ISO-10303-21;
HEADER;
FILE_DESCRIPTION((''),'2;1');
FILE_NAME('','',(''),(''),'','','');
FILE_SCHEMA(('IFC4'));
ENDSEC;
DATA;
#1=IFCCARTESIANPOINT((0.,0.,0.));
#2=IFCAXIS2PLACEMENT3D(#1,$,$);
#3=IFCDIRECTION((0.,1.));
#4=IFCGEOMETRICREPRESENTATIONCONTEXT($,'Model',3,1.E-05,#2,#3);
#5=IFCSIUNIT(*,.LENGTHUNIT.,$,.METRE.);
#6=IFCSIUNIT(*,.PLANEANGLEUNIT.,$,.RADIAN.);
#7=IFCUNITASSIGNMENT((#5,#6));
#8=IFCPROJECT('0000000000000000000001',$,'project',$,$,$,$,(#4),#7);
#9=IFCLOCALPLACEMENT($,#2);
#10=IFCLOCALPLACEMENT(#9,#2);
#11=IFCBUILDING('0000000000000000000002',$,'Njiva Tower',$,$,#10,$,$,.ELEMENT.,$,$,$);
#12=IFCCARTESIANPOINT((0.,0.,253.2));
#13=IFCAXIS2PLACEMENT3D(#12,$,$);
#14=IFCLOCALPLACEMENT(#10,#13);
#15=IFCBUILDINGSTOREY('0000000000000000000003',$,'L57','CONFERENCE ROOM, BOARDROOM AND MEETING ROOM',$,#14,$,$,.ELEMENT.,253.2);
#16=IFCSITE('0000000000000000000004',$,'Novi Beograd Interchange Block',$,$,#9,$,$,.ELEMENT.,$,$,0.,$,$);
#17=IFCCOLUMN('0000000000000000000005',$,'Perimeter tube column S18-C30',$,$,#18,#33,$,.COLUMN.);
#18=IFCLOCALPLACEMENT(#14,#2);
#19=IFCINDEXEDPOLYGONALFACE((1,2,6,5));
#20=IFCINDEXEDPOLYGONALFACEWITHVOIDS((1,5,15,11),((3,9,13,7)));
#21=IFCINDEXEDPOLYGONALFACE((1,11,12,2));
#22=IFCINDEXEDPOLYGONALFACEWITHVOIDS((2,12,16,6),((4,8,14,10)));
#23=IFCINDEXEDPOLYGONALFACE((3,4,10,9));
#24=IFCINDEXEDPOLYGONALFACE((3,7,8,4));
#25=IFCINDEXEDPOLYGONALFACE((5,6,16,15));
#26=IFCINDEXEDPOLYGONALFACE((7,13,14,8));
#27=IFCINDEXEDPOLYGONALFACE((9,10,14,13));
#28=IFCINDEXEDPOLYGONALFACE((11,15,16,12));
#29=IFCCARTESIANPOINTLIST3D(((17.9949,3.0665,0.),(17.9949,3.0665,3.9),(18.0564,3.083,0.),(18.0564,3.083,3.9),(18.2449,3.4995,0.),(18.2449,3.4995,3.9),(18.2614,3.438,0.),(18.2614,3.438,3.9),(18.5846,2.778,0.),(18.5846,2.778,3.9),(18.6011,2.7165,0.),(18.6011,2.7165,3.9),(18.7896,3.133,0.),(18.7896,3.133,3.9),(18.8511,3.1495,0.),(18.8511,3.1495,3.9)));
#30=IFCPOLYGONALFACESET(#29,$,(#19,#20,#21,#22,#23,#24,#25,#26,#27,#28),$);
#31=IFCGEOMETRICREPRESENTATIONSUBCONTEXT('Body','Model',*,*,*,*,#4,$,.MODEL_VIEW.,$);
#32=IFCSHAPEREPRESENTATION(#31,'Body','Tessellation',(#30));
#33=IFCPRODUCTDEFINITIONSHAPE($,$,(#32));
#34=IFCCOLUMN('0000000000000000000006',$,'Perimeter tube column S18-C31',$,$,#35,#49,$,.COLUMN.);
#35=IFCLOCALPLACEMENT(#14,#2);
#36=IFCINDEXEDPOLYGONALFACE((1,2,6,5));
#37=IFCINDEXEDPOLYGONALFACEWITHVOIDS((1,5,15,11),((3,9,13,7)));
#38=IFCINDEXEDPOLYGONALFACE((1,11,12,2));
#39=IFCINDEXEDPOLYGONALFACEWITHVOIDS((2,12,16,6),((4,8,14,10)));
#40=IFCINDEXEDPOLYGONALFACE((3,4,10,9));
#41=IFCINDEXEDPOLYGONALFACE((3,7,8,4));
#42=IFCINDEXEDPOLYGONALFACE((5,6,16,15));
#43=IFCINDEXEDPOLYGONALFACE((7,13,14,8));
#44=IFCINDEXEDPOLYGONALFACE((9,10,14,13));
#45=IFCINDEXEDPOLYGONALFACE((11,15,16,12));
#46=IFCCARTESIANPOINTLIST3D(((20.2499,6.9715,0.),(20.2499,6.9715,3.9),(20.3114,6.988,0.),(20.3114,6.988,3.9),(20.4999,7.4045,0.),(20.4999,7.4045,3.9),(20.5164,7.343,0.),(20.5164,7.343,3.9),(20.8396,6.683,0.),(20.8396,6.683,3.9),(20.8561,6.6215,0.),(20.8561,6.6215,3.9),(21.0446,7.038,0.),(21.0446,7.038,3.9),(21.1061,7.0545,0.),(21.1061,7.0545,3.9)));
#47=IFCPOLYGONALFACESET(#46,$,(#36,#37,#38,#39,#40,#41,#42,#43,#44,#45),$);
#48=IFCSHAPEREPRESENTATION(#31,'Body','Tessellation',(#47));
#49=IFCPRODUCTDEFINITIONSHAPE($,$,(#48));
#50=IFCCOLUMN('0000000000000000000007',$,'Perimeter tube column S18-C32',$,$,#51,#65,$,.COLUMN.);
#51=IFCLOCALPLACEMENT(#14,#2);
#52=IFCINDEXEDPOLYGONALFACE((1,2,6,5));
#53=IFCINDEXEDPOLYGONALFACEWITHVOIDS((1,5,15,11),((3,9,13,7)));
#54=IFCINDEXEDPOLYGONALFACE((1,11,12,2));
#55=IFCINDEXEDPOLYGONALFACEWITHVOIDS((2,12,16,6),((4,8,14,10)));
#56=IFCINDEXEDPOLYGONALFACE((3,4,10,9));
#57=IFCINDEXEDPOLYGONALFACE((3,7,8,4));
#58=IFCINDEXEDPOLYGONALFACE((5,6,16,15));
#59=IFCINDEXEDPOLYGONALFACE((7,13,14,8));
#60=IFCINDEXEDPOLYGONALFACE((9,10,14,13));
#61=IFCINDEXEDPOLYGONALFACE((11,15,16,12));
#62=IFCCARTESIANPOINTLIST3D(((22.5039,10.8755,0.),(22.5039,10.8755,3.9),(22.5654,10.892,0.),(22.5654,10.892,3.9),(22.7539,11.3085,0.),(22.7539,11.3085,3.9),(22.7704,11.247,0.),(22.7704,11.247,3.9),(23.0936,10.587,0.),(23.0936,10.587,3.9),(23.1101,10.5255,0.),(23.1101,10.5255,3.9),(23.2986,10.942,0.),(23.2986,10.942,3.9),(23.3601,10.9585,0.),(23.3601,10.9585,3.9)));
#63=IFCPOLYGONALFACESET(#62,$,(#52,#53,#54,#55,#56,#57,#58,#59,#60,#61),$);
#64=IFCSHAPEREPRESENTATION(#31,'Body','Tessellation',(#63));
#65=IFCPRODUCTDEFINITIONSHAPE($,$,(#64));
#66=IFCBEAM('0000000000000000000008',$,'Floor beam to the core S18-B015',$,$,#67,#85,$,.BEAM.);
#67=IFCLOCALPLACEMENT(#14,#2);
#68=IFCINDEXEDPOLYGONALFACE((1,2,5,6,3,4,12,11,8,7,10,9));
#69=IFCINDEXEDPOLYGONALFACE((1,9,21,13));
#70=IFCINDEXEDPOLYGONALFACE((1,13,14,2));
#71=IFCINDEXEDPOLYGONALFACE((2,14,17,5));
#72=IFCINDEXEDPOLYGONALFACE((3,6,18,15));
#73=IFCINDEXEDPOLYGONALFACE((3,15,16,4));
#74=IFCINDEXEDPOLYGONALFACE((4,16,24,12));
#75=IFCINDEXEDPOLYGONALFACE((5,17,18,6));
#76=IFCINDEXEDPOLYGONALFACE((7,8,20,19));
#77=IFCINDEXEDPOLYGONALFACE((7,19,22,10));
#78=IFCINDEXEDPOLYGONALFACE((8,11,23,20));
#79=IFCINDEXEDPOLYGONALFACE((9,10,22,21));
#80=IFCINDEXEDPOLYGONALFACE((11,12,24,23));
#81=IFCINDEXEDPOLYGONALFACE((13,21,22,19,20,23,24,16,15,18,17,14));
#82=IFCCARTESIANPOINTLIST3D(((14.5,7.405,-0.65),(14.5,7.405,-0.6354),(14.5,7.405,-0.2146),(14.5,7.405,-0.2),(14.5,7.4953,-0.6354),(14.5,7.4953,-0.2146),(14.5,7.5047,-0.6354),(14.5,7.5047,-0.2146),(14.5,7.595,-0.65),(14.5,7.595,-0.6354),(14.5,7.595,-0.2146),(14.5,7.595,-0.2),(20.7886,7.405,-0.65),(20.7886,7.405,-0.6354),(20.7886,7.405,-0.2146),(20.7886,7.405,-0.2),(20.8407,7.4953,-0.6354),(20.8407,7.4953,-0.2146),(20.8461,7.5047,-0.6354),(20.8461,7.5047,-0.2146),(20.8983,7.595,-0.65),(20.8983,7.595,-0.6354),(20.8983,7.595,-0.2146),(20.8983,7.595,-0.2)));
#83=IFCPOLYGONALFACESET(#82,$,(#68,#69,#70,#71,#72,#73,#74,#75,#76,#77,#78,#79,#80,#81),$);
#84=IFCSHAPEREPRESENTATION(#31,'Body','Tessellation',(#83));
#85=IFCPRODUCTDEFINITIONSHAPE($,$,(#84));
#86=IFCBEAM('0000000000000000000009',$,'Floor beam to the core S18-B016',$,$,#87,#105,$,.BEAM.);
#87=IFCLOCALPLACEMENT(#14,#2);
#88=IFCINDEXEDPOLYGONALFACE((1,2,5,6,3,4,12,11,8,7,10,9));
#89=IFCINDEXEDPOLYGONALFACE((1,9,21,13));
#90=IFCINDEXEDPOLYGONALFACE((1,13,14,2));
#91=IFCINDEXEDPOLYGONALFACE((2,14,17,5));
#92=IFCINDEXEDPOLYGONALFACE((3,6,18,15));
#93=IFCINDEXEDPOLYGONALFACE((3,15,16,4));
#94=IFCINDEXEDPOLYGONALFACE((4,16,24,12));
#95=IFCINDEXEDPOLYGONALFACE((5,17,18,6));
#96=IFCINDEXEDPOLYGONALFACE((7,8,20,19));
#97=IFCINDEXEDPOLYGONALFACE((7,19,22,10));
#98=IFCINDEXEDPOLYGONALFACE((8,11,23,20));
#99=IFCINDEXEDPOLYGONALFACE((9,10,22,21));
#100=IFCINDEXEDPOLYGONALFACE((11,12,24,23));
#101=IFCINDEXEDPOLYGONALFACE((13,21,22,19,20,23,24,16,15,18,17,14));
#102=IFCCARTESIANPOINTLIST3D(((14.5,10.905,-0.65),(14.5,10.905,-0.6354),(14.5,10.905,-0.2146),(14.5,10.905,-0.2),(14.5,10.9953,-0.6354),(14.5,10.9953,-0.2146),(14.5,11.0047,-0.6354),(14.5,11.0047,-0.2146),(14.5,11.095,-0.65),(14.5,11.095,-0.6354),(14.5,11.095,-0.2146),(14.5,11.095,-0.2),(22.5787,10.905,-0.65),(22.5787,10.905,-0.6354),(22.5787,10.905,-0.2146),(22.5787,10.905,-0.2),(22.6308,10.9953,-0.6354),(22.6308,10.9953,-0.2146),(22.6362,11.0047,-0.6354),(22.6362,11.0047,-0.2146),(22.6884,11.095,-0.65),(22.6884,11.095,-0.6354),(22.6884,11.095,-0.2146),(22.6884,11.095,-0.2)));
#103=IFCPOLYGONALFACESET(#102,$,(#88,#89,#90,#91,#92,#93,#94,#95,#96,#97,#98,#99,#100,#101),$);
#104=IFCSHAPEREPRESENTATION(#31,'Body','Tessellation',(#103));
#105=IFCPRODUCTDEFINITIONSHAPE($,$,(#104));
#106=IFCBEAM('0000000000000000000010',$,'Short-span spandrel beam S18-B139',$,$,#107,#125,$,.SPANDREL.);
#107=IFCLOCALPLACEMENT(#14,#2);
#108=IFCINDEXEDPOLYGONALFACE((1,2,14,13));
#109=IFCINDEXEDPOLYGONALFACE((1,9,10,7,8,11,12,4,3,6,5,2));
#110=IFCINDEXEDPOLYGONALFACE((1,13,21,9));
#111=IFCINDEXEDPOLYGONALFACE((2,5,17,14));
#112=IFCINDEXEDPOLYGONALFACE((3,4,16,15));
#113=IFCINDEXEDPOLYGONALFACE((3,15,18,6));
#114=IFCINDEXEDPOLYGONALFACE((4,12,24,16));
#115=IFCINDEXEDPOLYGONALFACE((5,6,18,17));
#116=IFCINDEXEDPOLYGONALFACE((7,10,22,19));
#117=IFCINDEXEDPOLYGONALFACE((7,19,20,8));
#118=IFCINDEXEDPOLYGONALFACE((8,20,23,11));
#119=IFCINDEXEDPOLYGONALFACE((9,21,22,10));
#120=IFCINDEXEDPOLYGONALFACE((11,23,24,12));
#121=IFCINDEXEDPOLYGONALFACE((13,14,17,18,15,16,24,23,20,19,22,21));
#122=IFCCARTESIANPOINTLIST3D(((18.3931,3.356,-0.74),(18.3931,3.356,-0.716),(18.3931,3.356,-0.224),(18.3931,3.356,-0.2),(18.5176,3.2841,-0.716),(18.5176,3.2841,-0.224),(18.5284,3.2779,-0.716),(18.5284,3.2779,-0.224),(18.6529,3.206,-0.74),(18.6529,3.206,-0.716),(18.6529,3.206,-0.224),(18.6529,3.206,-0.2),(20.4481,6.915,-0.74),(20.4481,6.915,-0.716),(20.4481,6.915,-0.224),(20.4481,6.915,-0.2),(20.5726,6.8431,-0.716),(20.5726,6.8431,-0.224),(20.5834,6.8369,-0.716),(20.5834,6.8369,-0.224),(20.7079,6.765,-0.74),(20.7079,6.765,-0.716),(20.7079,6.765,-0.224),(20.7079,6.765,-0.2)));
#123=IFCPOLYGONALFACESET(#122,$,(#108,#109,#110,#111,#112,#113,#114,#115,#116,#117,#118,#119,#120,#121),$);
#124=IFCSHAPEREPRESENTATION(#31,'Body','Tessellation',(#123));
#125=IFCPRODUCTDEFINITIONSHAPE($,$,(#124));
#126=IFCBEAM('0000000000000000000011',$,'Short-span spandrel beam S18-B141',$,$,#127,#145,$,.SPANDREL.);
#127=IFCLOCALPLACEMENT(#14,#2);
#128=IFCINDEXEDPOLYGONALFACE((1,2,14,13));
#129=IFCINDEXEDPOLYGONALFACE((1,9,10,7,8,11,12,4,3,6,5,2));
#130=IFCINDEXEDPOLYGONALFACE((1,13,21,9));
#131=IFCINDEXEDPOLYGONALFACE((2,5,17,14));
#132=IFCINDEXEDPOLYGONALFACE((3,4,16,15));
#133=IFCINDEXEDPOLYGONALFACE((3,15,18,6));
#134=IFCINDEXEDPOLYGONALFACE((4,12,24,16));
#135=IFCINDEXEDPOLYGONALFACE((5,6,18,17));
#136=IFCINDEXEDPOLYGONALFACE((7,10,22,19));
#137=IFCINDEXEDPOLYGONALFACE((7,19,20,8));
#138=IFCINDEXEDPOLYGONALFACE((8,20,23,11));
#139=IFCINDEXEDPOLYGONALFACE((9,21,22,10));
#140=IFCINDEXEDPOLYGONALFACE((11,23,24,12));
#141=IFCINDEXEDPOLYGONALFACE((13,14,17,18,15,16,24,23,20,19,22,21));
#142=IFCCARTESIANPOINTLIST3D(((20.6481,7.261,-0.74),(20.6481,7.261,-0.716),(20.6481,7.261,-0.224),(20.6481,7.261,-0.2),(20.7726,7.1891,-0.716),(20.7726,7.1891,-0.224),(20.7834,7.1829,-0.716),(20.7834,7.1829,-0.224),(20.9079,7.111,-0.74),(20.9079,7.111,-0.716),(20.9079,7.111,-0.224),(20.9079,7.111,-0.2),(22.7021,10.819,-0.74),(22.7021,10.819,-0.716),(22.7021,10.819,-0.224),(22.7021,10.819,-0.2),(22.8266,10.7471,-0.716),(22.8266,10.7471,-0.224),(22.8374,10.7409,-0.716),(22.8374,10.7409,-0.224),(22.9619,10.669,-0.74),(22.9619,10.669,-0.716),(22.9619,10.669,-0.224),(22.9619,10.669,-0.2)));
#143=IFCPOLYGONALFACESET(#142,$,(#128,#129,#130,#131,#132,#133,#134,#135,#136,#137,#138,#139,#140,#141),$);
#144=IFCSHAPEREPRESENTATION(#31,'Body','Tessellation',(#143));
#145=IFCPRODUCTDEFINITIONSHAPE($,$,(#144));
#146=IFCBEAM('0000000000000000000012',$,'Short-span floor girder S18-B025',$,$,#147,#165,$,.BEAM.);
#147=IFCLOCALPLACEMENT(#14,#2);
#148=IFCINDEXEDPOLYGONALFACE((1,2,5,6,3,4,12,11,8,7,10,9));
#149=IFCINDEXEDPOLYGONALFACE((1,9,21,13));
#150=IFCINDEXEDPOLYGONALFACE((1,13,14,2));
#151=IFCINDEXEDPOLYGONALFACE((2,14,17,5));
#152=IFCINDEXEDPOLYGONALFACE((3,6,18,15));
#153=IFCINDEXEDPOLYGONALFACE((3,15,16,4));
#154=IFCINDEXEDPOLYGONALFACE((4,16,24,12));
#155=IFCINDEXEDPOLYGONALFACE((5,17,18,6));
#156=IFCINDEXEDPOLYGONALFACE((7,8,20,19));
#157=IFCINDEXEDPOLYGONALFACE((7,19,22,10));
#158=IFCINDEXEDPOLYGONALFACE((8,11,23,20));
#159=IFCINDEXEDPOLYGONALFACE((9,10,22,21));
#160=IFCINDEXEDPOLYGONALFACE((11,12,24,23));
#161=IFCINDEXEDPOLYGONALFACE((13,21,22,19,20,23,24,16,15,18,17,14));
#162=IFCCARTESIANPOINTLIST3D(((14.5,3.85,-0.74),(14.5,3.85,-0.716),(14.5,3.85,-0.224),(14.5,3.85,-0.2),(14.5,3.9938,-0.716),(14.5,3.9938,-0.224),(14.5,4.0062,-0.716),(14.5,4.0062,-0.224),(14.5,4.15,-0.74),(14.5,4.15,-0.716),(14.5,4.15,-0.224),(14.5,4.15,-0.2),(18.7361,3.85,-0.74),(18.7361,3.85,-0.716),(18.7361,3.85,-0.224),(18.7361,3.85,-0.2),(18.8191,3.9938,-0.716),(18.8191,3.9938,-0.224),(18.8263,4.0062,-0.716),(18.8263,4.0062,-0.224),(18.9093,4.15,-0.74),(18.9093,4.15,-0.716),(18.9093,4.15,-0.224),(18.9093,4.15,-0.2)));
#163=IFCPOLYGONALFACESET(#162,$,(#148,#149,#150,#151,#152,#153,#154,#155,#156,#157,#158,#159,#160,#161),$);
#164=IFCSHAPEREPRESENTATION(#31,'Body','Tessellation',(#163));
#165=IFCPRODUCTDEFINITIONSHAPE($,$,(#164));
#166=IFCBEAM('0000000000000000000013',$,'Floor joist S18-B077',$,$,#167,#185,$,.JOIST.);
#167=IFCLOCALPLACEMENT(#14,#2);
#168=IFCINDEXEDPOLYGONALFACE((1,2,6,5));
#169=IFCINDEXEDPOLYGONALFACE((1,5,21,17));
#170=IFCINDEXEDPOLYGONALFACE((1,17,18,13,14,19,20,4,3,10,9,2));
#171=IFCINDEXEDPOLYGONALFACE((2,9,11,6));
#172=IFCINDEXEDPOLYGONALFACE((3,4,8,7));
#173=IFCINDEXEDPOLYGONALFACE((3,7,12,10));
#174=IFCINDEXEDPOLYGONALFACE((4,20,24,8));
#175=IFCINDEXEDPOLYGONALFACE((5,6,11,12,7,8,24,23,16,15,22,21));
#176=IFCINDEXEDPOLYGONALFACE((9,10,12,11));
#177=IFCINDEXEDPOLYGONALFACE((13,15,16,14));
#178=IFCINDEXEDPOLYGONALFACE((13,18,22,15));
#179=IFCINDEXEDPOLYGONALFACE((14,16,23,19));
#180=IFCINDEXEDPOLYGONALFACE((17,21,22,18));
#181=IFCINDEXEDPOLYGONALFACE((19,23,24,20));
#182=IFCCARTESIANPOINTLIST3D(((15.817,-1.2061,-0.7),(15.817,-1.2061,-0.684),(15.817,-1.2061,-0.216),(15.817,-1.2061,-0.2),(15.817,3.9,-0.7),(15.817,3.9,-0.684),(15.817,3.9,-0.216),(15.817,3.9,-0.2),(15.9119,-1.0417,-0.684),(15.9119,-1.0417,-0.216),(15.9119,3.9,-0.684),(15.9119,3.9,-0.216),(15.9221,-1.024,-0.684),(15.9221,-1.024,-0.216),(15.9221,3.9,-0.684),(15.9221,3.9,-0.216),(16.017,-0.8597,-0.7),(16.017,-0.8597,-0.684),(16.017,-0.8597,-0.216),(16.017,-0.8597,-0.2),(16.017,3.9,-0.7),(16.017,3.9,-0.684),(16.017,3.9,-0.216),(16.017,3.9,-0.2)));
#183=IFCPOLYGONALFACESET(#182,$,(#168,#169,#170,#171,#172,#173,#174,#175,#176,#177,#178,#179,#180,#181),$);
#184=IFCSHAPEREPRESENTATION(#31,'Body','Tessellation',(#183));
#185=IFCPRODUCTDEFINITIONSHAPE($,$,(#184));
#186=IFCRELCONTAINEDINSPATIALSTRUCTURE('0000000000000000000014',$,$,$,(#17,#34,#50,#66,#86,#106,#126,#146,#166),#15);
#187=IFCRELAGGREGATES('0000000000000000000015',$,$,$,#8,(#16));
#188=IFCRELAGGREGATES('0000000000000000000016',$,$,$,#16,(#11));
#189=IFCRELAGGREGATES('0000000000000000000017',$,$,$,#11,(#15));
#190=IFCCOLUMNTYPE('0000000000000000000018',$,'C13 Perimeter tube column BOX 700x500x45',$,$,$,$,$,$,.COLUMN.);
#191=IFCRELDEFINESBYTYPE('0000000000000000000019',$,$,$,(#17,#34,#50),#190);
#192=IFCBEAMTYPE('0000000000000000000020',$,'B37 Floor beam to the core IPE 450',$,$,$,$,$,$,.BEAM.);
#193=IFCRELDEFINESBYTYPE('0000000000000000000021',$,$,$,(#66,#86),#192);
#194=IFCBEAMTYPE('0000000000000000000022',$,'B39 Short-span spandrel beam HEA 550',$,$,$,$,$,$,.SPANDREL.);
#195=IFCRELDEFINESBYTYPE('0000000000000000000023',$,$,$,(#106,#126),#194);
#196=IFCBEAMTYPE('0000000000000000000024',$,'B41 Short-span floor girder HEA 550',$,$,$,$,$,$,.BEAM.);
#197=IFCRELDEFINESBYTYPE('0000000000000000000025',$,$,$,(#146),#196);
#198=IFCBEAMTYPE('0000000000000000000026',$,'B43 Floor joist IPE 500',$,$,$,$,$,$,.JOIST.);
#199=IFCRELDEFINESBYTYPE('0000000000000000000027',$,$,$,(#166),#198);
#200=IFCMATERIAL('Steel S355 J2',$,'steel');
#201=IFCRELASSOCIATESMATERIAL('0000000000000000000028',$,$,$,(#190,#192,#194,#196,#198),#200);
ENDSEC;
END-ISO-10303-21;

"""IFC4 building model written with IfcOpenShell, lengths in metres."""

from ifc_helpers import new_model, si_unit, direction, frame, origin, origin_2d, place, context, subcontext, project, spatial, hollow_rectangle, i_section, extrude, clip, halfspace, material, material_profile, profile_set, type_object, element, save


model = new_model("IFC4")

# Units and contexts
model_context = context("Model", 3, precision=1e-05, world=origin(), true_north=direction((0.0, 1.0)))
body_context = subcontext(model_context, "Body", "Model", "MODEL_VIEW")
ifc_project = project(units=[si_unit("LENGTHUNIT", "METRE"), si_unit("PLANEANGLEUNIT", "RADIAN")], contexts=[model_context])

# Site, building, storey
site_placement = place(None, origin())
site = spatial("IfcSite", under=ifc_project, at=site_placement, Name="Novi Beograd Interchange Block", CompositionType="ELEMENT", RefElevation=0.0)
building_placement = place(site_placement, origin())
building = spatial("IfcBuilding", under=site, at=building_placement, Name="Njiva Tower", CompositionType="ELEMENT")
storey_placement = place(building_placement, frame((0.0, 0.0, 253.2)))
storey = spatial("IfcBuildingStorey", under=building, at=storey_placement, Name="L57", Description="CONFERENCE ROOM, BOARDROOM AND MEETING ROOM", CompositionType="ELEMENT", Elevation=253.2)

# Columns
ifc_material_1 = material(Name="Steel S355 J2", Category="steel")
ifc_material_profile_1 = material_profile(ifc_material_1, hollow_rectangle(XDim=0.5, YDim=0.7, WallThickness=0.045, at=origin_2d()), Name="BOX 700x500x45")
ifc_profile_set_1 = profile_set([ifc_material_profile_1], Name="Steel S355 J2")
column_type = type_object("IfcColumnType", Name="C13 Perimeter tube column BOX 700x500x45", PredefinedType="COLUMN", material=ifc_profile_set_1)
for number, where, z_axis, x_axis, name in (
    (1, (18.423, 3.108, 0.0), (0.0, 0.0, 1.0), (0.5, 0.866025, 0.0), "Perimeter tube column S18-C30"),
    (2, (20.678, 7.013, 0.0), (0.0, 0.0, 1.0), (0.5, 0.866025, 0.0), "Perimeter tube column S18-C31"),
    (3, (22.932, 10.917, 0.0), (0.0, 0.0, 1.0), (0.5, 0.866025, 0.0), "Perimeter tube column S18-C32"),
):
    element("IfcColumn", number, at=place(storey_placement, frame(where, z_axis=z_axis, x_axis=x_axis)), inside=storey, type_object=column_type, Name=name, PredefinedType="COLUMN", context=body_context, shape_type="SweptSolid", body=[
        extrude(hollow_rectangle(XDim=0.5, YDim=0.7, WallThickness=0.045, at=origin_2d()), origin(), (0.0, 0.0, 1.0), 3.9),
    ])

# Beams
ifc_material_profile_2 = material_profile(ifc_material_1, i_section(OverallWidth=0.19, OverallDepth=0.45, WebThickness=0.0094, FlangeThickness=0.0146, at=origin_2d()), Name="IPE 450")
ifc_profile_set_2 = profile_set([ifc_material_profile_2], Name="Steel S355 J2")
beam_type_1 = type_object("IfcBeamType", Name="B37 Floor beam to the core IPE 450", PredefinedType="BEAM", material=ifc_profile_set_2)
beam_1_placement = place(storey_placement, frame((14.5, 7.5, -0.425), z_axis=(1.0, 0.0, 0.0), x_axis=(0.0, 1.0, 0.0)))
element("IfcBeam", 4, at=beam_1_placement, inside=storey, type_object=beam_type_1, Name="Floor beam to the core S18-B015", PredefinedType="BEAM", context=body_context, shape_type="Clipping", body=[
    clip(extrude(i_section(OverallWidth=0.19, OverallDepth=0.45, WebThickness=0.0094, FlangeThickness=0.0146, at=origin_2d()), origin(), (0.0, 0.0, 1.0), 6.418), halfspace(frame((-0.025, 0.0, 6.329), z_axis=(-0.499998, 0.0, 0.866027), x_axis=(0.0, 1.0, 0.0)), False)),
])
beam_2_placement = place(storey_placement, frame((14.5, 11.0, -0.425), z_axis=(1.0, 0.0, 0.0), x_axis=(0.0, 1.0, 0.0)))
element("IfcBeam", 5, at=beam_2_placement, inside=storey, type_object=beam_type_1, Name="Floor beam to the core S18-B016", PredefinedType="BEAM", context=body_context, shape_type="Clipping", body=[
    clip(extrude(i_section(OverallWidth=0.19, OverallDepth=0.45, WebThickness=0.0094, FlangeThickness=0.0146, at=origin_2d()), origin(), (0.0, 0.0, 1.0), 8.209), halfspace(frame((-0.025, 0.0, 8.1191), z_axis=(-0.499998, 0.0, 0.866027), x_axis=(0.0, 1.0, 0.0)), False)),
])
ifc_material_profile_3 = material_profile(ifc_material_1, i_section(OverallWidth=0.3, OverallDepth=0.54, WebThickness=0.0125, FlangeThickness=0.024, at=origin_2d()), Name="HEA 550")
ifc_profile_set_3 = profile_set([ifc_material_profile_3], Name="Steel S355 J2")
beam_type_2 = type_object("IfcBeamType", Name="B39 Short-span spandrel beam HEA 550", PredefinedType="SPANDREL", material=ifc_profile_set_3)
beam_3_placement = place(storey_placement, frame((18.523, 3.281, -0.47), z_axis=(0.500038, 0.866003, 0.0), x_axis=(-0.866003, 0.500038, 0.0)))
element("IfcBeam", 6, at=beam_3_placement, inside=storey, type_object=beam_type_2, Name="Short-span spandrel beam S18-B139", PredefinedType="SPANDREL", context=body_context, shape_type="SweptSolid", body=[
    extrude(i_section(OverallWidth=0.3, OverallDepth=0.54, WebThickness=0.0125, FlangeThickness=0.024, at=origin_2d()), origin(), (0.0, 0.0, 1.0), 4.1097),
])
beam_4_placement = place(storey_placement, frame((20.778, 7.186, -0.47), z_axis=(0.499961, 0.866048, 0.0), x_axis=(-0.866048, 0.499961, 0.0)))
element("IfcBeam", 7, at=beam_4_placement, inside=storey, type_object=beam_type_2, Name="Short-span spandrel beam S18-B141", PredefinedType="SPANDREL", context=body_context, shape_type="SweptSolid", body=[
    extrude(i_section(OverallWidth=0.3, OverallDepth=0.54, WebThickness=0.0125, FlangeThickness=0.024, at=origin_2d()), origin(), (0.0, 0.0, 1.0), 4.1083),
])
ifc_material_profile_4 = material_profile(ifc_material_1, i_section(OverallWidth=0.3, OverallDepth=0.54, WebThickness=0.0125, FlangeThickness=0.024, at=origin_2d()), Name="HEA 550")
ifc_profile_set_4 = profile_set([ifc_material_profile_4], Name="Steel S355 J2")
beam_type_3 = type_object("IfcBeamType", Name="B41 Short-span floor girder HEA 550", PredefinedType="BEAM", material=ifc_profile_set_4)
beam_5_placement = place(storey_placement, frame((14.5, 4.0, -0.47), z_axis=(1.0, 0.0, 0.0), x_axis=(0.0, 1.0, 0.0)))
element("IfcBeam", 8, at=beam_5_placement, inside=storey, type_object=beam_type_3, Name="Short-span floor girder S18-B025", PredefinedType="BEAM", context=body_context, shape_type="Clipping", body=[
    clip(extrude(i_section(OverallWidth=0.3, OverallDepth=0.54, WebThickness=0.0125, FlangeThickness=0.024, at=origin_2d()), origin(), (0.0, 0.0, 1.0), 4.43), halfspace(frame((-0.025, 0.0, 4.3083), z_axis=(-0.499998, 0.0, 0.866027), x_axis=(0.0, 1.0, 0.0)), False)),
])
ifc_material_profile_5 = material_profile(ifc_material_1, i_section(OverallWidth=0.2, OverallDepth=0.5, WebThickness=0.0102, FlangeThickness=0.016, at=origin_2d()), Name="IPE 500")
ifc_profile_set_5 = profile_set([ifc_material_profile_5], Name="Steel S355 J2")
beam_type_4 = type_object("IfcBeamType", Name="B43 Floor joist IPE 500", PredefinedType="JOIST", material=ifc_profile_set_5)
beam_6_placement = place(storey_placement, frame((15.917, 3.9, -0.45), z_axis=(0.0, -1.0, 0.0), x_axis=(1.0, 0.0, 0.0)))
element("IfcBeam", 9, at=beam_6_placement, inside=storey, type_object=beam_type_4, Name="Floor joist S18-B077", PredefinedType="JOIST", context=body_context, shape_type="Clipping", body=[
    clip(extrude(i_section(OverallWidth=0.2, OverallDepth=0.5, WebThickness=0.0102, FlangeThickness=0.016, at=origin_2d()), origin(), (0.0, 0.0, 1.0), 5.126), halfspace(frame((0.043, 0.0, 4.8584), z_axis=(0.866027, 0.0, 0.499998), x_axis=(0.0, 1.0, 0.0)), False)),
])

save(model, "model.ifc")
